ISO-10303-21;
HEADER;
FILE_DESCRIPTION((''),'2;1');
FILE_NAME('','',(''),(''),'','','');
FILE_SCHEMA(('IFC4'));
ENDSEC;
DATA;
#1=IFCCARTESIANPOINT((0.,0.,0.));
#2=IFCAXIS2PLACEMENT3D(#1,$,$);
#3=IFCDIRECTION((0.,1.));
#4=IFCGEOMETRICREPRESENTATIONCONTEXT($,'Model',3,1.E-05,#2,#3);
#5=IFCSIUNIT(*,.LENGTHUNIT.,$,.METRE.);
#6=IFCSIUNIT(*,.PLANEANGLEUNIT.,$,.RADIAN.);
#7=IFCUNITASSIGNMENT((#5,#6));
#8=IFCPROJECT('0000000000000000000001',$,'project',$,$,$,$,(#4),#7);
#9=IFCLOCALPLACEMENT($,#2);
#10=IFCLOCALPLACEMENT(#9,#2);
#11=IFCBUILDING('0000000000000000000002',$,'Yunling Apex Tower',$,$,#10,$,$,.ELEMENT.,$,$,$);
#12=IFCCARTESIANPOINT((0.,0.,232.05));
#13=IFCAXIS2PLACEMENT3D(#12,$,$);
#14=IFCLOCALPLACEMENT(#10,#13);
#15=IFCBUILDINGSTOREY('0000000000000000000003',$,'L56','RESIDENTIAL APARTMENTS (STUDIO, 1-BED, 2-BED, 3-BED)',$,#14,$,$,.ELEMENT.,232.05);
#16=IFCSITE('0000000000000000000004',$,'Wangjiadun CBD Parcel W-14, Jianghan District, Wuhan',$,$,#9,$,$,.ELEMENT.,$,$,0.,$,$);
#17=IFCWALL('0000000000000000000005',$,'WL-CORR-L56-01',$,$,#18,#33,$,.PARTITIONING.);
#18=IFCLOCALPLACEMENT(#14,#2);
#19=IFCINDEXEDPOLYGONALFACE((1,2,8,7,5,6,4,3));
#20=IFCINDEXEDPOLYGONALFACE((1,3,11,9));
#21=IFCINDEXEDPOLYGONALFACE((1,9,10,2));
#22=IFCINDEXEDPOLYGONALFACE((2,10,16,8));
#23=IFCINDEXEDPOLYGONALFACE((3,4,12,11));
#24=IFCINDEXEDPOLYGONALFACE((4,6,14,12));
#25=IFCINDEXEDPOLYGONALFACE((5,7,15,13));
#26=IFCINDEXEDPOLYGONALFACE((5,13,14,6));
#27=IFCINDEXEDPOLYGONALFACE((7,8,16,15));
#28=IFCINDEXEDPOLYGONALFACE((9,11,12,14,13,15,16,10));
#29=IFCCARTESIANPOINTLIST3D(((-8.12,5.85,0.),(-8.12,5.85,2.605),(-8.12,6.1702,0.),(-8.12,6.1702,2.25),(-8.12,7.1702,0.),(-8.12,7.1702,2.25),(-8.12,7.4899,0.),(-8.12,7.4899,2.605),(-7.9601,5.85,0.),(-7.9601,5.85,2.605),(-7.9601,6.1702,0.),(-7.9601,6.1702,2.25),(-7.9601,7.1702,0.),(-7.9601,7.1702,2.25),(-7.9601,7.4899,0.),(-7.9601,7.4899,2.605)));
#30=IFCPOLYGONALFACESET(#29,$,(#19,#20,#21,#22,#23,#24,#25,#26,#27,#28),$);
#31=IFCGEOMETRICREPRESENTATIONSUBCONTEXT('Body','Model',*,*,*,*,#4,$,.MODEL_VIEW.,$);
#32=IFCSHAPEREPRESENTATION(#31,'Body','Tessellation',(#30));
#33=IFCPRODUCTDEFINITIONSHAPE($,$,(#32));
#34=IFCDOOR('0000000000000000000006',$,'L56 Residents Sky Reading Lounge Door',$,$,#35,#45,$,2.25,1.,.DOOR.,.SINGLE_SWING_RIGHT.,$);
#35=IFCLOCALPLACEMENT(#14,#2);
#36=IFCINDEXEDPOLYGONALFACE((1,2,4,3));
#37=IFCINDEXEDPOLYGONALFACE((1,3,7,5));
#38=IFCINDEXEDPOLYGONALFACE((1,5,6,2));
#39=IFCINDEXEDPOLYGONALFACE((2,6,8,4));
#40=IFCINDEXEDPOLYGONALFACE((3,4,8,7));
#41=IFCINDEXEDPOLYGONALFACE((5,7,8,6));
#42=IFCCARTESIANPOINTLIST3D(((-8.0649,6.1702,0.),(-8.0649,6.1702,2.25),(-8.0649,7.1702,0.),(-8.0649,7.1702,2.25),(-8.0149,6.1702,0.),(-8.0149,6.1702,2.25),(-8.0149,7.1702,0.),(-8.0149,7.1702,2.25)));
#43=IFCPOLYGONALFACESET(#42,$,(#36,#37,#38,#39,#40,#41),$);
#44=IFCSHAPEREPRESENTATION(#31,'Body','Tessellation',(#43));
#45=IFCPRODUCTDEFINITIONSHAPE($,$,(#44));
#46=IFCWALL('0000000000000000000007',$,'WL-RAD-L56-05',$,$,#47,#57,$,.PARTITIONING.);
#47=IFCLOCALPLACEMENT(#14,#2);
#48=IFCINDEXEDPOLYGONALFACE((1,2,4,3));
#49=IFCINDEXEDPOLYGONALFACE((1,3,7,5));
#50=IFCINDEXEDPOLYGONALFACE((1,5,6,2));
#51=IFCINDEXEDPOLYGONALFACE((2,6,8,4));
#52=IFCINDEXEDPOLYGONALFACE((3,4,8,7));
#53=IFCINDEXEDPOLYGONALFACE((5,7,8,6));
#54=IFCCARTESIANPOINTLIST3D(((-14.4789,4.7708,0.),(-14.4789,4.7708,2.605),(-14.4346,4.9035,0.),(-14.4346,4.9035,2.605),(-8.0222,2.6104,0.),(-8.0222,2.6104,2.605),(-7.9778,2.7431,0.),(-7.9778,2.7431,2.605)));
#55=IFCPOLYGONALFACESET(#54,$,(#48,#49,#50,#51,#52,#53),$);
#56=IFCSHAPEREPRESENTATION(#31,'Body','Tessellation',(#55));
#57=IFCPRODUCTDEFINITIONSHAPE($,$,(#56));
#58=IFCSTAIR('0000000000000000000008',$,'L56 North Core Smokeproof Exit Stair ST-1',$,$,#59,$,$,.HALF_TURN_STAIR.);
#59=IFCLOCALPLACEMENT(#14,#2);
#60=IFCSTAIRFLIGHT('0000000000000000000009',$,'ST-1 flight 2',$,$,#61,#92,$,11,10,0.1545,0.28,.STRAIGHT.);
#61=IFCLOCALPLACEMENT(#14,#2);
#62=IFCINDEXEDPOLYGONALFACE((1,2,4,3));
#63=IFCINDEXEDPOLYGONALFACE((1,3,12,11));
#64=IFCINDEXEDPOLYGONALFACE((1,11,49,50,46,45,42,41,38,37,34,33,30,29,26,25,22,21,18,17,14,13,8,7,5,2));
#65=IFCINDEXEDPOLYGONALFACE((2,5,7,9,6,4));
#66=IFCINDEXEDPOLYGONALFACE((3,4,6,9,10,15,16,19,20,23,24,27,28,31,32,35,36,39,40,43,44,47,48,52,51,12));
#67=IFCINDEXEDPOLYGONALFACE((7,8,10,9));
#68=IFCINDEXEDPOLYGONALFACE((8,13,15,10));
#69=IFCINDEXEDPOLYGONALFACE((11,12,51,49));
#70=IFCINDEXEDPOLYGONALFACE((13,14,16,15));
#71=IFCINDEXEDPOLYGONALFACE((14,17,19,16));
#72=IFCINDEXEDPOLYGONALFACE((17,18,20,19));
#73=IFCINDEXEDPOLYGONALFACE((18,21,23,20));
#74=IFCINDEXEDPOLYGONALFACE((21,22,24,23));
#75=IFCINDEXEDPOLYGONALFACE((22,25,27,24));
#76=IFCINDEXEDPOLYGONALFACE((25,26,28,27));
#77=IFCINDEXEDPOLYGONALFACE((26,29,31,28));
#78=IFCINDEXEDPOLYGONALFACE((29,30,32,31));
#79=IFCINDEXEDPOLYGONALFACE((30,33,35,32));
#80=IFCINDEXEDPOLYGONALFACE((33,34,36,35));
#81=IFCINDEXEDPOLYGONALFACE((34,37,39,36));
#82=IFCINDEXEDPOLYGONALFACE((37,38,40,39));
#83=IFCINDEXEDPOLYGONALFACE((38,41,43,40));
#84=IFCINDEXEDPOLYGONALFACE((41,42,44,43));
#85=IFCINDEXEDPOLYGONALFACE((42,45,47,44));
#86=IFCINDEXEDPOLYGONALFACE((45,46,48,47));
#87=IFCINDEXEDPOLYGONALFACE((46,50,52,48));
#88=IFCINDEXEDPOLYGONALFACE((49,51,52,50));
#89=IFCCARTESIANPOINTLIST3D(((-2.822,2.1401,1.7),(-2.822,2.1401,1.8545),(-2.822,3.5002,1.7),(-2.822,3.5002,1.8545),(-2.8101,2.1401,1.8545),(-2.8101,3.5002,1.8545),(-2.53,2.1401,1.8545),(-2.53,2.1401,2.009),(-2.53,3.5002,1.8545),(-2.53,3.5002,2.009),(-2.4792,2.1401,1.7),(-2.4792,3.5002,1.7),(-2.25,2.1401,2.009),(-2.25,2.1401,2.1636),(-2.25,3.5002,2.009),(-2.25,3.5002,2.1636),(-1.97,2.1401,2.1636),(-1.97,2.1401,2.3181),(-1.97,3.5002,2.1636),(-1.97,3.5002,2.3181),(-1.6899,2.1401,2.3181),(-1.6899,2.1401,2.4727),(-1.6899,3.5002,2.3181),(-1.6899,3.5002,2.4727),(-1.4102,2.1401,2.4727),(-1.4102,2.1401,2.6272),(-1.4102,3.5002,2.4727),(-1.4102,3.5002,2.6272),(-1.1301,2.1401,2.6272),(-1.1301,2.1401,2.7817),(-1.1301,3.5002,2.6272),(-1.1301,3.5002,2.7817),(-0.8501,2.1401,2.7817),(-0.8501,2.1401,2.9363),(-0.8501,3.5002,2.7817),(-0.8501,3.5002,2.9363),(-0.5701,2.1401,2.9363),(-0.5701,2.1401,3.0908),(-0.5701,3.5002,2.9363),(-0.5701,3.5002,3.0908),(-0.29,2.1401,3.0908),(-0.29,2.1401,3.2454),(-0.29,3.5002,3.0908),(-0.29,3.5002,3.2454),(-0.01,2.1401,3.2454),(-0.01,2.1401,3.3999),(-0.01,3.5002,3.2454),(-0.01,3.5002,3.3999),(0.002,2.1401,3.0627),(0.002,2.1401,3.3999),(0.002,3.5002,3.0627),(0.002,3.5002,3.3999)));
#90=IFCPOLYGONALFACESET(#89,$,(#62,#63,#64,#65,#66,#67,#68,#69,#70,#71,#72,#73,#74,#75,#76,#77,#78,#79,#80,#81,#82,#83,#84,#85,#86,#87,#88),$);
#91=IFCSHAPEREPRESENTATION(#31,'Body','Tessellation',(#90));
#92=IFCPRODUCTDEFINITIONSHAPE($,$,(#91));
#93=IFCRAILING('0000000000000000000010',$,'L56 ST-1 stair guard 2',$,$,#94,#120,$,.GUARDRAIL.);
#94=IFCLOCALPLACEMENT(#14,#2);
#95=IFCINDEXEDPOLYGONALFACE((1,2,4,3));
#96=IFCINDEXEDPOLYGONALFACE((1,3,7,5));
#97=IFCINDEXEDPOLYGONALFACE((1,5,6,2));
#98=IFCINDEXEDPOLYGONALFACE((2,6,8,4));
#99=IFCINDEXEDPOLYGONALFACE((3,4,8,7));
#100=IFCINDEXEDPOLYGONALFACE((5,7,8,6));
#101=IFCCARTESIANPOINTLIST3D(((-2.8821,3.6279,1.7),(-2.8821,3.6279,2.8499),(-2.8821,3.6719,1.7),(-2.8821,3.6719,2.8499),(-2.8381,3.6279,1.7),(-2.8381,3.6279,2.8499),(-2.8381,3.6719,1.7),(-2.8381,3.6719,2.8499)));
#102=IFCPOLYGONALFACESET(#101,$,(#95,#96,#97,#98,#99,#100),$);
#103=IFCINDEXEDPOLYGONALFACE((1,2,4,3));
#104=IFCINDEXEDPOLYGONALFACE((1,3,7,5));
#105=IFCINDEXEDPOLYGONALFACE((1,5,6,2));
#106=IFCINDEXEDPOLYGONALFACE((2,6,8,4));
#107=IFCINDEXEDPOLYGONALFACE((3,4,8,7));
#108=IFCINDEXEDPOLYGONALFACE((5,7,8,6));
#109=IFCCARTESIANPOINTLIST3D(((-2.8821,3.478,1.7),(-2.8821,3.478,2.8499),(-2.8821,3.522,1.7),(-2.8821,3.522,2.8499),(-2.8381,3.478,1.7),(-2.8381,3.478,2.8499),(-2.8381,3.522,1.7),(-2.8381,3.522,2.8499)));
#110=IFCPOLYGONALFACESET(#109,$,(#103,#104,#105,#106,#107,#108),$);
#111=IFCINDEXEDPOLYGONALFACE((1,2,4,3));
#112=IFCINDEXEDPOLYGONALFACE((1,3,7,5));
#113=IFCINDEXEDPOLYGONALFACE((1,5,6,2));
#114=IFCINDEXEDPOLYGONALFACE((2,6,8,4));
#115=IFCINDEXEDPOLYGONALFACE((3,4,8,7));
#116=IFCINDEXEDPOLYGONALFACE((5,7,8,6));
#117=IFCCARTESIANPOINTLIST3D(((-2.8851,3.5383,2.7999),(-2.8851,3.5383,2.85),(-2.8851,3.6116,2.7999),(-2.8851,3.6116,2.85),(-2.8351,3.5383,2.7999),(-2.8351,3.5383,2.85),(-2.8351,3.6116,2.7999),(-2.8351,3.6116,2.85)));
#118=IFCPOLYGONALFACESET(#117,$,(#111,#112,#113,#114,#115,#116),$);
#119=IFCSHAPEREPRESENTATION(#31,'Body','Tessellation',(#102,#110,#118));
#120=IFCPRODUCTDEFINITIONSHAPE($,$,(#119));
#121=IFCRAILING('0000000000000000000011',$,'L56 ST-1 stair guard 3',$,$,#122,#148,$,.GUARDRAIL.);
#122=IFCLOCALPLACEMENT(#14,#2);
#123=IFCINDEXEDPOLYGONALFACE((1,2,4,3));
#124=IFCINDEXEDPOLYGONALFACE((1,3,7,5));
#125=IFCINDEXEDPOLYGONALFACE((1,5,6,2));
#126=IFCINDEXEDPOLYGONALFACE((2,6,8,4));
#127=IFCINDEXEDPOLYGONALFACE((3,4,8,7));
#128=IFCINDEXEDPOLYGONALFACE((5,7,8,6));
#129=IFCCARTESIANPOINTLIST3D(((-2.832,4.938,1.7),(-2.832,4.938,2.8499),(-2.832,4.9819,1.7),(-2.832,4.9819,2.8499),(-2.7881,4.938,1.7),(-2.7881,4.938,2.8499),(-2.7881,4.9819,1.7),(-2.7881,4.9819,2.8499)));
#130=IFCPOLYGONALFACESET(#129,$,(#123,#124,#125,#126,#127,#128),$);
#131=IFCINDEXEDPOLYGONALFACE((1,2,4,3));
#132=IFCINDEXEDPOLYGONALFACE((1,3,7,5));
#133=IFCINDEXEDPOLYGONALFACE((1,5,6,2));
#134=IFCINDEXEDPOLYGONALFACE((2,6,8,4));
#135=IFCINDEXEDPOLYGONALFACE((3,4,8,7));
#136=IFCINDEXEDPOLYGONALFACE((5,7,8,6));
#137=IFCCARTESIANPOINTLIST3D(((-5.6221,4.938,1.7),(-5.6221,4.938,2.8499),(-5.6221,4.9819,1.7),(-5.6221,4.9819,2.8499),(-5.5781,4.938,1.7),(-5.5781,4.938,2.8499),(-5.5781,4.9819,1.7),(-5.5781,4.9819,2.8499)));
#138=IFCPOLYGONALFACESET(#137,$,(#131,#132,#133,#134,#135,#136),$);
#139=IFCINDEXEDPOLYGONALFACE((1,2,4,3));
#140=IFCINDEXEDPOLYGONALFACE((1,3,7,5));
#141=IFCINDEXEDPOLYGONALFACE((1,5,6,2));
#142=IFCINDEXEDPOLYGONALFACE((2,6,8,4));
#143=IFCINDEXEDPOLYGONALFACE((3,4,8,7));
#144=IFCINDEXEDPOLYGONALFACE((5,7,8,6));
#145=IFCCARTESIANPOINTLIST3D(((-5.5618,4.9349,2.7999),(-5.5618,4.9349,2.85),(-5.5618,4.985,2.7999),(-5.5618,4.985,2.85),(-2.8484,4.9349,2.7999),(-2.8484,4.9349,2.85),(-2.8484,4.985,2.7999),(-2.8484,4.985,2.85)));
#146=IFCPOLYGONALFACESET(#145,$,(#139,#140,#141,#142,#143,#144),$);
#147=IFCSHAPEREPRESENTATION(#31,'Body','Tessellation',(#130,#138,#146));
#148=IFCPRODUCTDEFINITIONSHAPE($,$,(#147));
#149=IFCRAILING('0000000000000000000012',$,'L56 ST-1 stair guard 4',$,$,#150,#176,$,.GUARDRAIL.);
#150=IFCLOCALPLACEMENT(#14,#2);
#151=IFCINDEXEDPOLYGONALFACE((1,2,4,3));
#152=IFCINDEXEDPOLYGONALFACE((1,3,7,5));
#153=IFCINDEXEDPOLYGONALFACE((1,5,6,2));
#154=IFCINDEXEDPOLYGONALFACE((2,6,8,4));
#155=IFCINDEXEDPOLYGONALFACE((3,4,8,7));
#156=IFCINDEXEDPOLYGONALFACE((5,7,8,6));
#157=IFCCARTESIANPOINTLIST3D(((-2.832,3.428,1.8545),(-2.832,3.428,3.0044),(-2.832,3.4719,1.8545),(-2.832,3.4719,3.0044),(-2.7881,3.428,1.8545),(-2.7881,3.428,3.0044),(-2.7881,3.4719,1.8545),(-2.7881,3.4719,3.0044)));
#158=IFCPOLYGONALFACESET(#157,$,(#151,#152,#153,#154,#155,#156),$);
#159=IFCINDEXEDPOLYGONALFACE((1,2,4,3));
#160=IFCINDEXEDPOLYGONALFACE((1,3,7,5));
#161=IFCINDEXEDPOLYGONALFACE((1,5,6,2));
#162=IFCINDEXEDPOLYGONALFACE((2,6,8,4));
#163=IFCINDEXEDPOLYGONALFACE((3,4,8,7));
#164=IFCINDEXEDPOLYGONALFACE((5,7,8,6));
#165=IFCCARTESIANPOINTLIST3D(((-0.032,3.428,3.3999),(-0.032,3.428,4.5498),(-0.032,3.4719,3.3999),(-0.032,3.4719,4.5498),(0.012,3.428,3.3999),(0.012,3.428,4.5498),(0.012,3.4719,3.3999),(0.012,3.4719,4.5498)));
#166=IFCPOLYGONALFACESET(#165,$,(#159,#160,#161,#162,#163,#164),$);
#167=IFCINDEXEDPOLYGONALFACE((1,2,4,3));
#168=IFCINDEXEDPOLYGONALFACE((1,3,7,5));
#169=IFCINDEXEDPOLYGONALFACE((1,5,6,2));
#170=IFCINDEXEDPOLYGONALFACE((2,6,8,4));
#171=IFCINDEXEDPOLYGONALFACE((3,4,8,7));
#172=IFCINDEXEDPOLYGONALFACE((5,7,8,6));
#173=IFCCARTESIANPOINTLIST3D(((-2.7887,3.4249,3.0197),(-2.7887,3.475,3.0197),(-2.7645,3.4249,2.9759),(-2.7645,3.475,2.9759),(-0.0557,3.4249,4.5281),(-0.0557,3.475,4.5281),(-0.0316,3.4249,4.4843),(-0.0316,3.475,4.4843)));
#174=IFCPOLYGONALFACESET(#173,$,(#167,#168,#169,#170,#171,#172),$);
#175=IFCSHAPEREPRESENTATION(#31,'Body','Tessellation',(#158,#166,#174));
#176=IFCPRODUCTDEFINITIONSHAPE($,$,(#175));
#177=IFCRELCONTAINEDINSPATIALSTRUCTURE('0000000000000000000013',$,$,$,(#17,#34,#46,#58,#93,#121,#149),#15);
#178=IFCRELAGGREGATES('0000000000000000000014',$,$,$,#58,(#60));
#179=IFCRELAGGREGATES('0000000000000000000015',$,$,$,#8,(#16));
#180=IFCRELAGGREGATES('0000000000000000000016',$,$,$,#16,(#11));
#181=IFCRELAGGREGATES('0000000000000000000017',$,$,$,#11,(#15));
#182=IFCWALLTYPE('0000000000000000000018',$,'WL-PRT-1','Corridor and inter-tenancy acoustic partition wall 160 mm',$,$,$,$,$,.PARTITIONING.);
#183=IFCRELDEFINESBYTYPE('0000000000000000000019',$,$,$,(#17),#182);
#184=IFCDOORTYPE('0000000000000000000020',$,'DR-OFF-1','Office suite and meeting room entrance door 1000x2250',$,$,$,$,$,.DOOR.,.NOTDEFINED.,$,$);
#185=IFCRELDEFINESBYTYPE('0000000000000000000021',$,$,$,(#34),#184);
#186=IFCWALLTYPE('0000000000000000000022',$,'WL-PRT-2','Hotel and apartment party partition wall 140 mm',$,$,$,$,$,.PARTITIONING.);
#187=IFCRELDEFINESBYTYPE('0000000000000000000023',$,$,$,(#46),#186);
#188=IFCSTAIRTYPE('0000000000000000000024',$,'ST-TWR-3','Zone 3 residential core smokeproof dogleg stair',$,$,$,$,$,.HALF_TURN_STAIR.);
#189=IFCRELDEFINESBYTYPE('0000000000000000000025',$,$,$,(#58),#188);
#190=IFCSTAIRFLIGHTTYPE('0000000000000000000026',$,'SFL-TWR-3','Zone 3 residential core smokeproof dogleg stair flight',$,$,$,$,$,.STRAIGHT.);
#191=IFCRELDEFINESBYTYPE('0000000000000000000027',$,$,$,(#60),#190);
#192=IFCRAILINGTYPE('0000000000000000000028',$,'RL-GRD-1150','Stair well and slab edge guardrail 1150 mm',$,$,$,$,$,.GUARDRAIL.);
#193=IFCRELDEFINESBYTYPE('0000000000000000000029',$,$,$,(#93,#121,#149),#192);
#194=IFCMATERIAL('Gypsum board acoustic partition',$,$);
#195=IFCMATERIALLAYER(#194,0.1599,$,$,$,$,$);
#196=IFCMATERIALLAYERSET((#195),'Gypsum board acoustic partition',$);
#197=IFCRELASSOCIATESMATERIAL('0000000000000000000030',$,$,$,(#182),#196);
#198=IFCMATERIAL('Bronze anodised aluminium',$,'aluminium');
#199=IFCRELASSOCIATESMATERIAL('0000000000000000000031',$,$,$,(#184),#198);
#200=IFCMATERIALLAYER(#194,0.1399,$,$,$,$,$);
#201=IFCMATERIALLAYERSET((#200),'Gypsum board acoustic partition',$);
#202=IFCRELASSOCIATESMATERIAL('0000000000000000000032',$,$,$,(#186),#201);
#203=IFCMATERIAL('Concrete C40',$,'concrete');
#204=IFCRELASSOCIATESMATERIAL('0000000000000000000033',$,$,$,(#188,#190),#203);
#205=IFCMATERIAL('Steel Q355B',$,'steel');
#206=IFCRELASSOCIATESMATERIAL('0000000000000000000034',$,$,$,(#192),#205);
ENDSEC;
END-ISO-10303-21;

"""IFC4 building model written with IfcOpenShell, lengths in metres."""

from ifc_helpers import new_model, si_unit, direction, frame, frame_2d, origin, origin_2d, place, context, subcontext, project, spatial, polyline, rectangle, outline, extrude, material, layer, layer_set, type_object, element, fill, aggregate, save


model = new_model("IFC4")

# Units and contexts
model_context = context("Model", 3, precision=1e-05, world=origin(), true_north=direction((0.0, 1.0)))
body_context = subcontext(model_context, "Body", "Model", "MODEL_VIEW")
ifc_project = project(units=[si_unit("LENGTHUNIT", "METRE"), si_unit("PLANEANGLEUNIT", "RADIAN")], contexts=[model_context])

# Site, building, storey
site_placement = place(None, origin())
site = spatial("IfcSite", under=ifc_project, at=site_placement, Name="Wangjiadun CBD Parcel W-14, Jianghan District, Wuhan", CompositionType="ELEMENT", RefElevation=0.0)
building_placement = place(site_placement, origin())
building = spatial("IfcBuilding", under=site, at=building_placement, Name="Yunling Apex Tower", CompositionType="ELEMENT")
storey_placement = place(building_placement, frame((0.0, 0.0, 232.05)))
storey = spatial("IfcBuildingStorey", under=building, at=storey_placement, Name="L56", Description="RESIDENTIAL APARTMENTS (STUDIO, 1-BED, 2-BED, 3-BED)", CompositionType="ELEMENT", Elevation=232.05)

# Shared definitions
ifc_material_1 = material(Name="Steel Q355B", Category="steel")

# Shared definitions
ifc_material_2 = material(Name="Concrete C40", Category="concrete")

# Wall, opening, door
ifc_material_3 = material(Name="Gypsum board acoustic partition")
ifc_layer_1 = layer(ifc_material_3, 0.1599)
ifc_layer_set_1 = layer_set([ifc_layer_1], Name="Gypsum board acoustic partition")
wall_type_1 = type_object("IfcWallType", Name="WL-PRT-1", Description="Corridor and inter-tenancy acoustic partition wall 160 mm", PredefinedType="PARTITIONING", material=ifc_layer_set_1)
wall_1_placement = place(storey_placement, frame((-8.04, 5.8501, 0.0), z_axis=(0.0, 0.0, 1.0), x_axis=(0.0, 1.0, 0.0)))
wall_1 = element("IfcWall", 1, at=wall_1_placement, inside=storey, type_object=wall_type_1, Name="WL-CORR-L56-01", PredefinedType="PARTITIONING", context=body_context, shape_type="SweptSolid", body=[
    extrude(rectangle(XDim=1.6399, YDim=0.1599, at=frame_2d((0.8198, 0.0))), origin(), (0.0, 0.0, 1.0), 2.605),
])
opening_1_placement = place(wall_1_placement, frame((0.3201, 0.0, 0.0)))
opening_1 = element("IfcOpeningElement", 2, at=opening_1_placement, cuts=wall_1, PredefinedType="OPENING", context=body_context, shape_type="SweptSolid", body=[
    extrude(rectangle(XDim=1.0, YDim=2.25, at=frame_2d((0.5, 1.125))), frame((0.0, 0.0898, 0.0), z_axis=(0.0, -1.0, 0.0), x_axis=(1.0, 0.0, 0.0)), (0.0, 0.0, 1.0), 0.1799),
])
ifc_material_4 = material(Name="Bronze anodised aluminium", Category="aluminium")
door_type_1 = type_object("IfcDoorType", Name="DR-OFF-1", Description="Office suite and meeting room entrance door 1000x2250", OperationType="NOTDEFINED", PredefinedType="DOOR", material=ifc_material_4)
door_1_placement = place(opening_1_placement, origin())
door_1 = element("IfcDoor", 3, at=door_1_placement, inside=storey, type_object=door_type_1, Name="L56 Residents Sky Reading Lounge Door", OperationType="SINGLE_SWING_RIGHT", OverallHeight=2.25, OverallWidth=1.0, PredefinedType="DOOR", context=body_context, shape_type="SweptSolid", body=[
    extrude(rectangle(XDim=1.0, YDim=2.25, at=frame_2d((0.5, 1.125))), frame((0.0, 0.0249, 0.0), z_axis=(0.0, -1.0, 0.0), x_axis=(1.0, 0.0, 0.0)), (0.0, 0.0, 1.0), 0.05),
])
fill(opening_1, door_1)

# Wall
ifc_layer_2 = layer(ifc_material_3, 0.1399)
ifc_layer_set_2 = layer_set([ifc_layer_2], Name="Gypsum board acoustic partition")
wall_type_2 = type_object("IfcWallType", Name="WL-PRT-2", Description="Hotel and apartment party partition wall 140 mm", PredefinedType="PARTITIONING", material=ifc_layer_set_2)
wall_2_placement = place(storey_placement, frame((-8.0, 2.6768, 0.0), z_axis=(0.0, 0.0, 1.0), x_axis=(-0.948324, 0.317303, 0.0)))
element("IfcWall", 4, at=wall_2_placement, inside=storey, type_object=wall_type_2, Name="WL-RAD-L56-05", PredefinedType="PARTITIONING", context=body_context, shape_type="SweptSolid", body=[
    extrude(rectangle(XDim=6.8086, YDim=0.1399, at=frame_2d((3.4043, 0.0))), origin(), (0.0, 0.0, 1.0), 2.605),
])

# Stair, stair flight
stair_type = type_object("IfcStairType", Name="ST-TWR-3", Description="Zone 3 residential core smokeproof dogleg stair", PredefinedType="HALF_TURN_STAIR", material=ifc_material_2)
stair_placement = place(storey_placement, origin())
stair = element("IfcStair", 5, at=stair_placement, inside=storey, type_object=stair_type, Name="L56 North Core Smokeproof Exit Stair ST-1", PredefinedType="HALF_TURN_STAIR")
stair_flight_type = type_object("IfcStairFlightType", Name="SFL-TWR-3", Description="Zone 3 residential core smokeproof dogleg stair flight", PredefinedType="STRAIGHT", material=ifc_material_2)
stair_flight_placement = place(storey_placement, frame((-2.8101, 2.8201, 1.7), z_axis=(0.0, 0.0, 1.0), x_axis=(1.0, 0.0, 0.0)))
stair_flight = element("IfcStairFlight", 6, at=stair_flight_placement, type_object=stair_flight_type, Name="ST-1 flight 2", NumberOfRisers=11, NumberOfTreads=10, PredefinedType="STRAIGHT", RiserHeight=0.1545, TreadLength=0.28, context=body_context, shape_type="SweptSolid", body=[
    extrude(outline(polyline([(-0.012, 0.0), (-0.012, 0.1545), (0.0, 0.1545), (0.28, 0.1545), (0.28, 0.3091), (0.5601, 0.3091), (0.5601, 0.4636), (0.8401, 0.4636), (0.8401, 0.6182), (1.1201, 0.6182), (1.1201, 0.7727), (1.3999, 0.7727), (1.3999, 0.9272), (1.6799, 0.9272), (1.6799, 1.0818), (1.96, 1.0818), (1.96, 1.2363), (2.24, 1.2363), (2.24, 1.3909), (2.52, 1.3909), (2.52, 1.5454), (2.8, 1.5454), (2.8, 1.7), (2.812, 1.7), (2.812, 1.3628), (0.3308, 0.0), (-0.012, 0.0)])), frame((0.0, 0.6802, 0.0), z_axis=(0.0, -1.0, 0.0), x_axis=(1.0, 0.0, 0.0)), (0.0, 0.0, 1.0), 1.3601),
])
aggregate(stair, [stair_flight])

# Railings
railing_type_1 = type_object("IfcRailingType", Name="RL-GRD-1150", Description="Stair well and slab edge guardrail 1150 mm", PredefinedType="GUARDRAIL", material=ifc_material_1)
railing_1_placement = place(storey_placement, frame((-2.8601, 3.6499, 1.7)))
element("IfcRailing", 7, at=railing_1_placement, inside=storey, type_object=railing_type_1, Name="L56 ST-1 stair guard 2", PredefinedType="GUARDRAIL", context=body_context, shape_type="SweptSolid", body=[
    extrude(rectangle(XDim=0.0439, YDim=0.0439, at=origin_2d()), origin(), (0.0, 0.0, 1.0), 1.1499),
    extrude(rectangle(XDim=0.0439, YDim=0.0439, at=origin_2d()), frame((0.0, -0.1499, 0.0)), (0.0, 0.0, 1.0), 1.1499),
    extrude(rectangle(XDim=0.05, YDim=0.05, at=origin_2d()), frame((0.0, -0.0383, 1.125), z_axis=(0.0, -1.0, 0.0), x_axis=(1.0, 0.0, 0.0)), (0.0, 0.0, 1.0), 0.0732),
])
railing_2_placement = place(storey_placement, frame((-2.8101, 4.96, 1.7)))
element("IfcRailing", 8, at=railing_2_placement, inside=storey, type_object=railing_type_1, Name="L56 ST-1 stair guard 3", PredefinedType="GUARDRAIL", context=body_context, shape_type="SweptSolid", body=[
    extrude(rectangle(XDim=0.0439, YDim=0.0439, at=origin_2d()), origin(), (0.0, 0.0, 1.0), 1.1499),
    extrude(rectangle(XDim=0.0439, YDim=0.0439, at=origin_2d()), frame((-2.79, 0.0, 0.0)), (0.0, 0.0, 1.0), 1.1499),
    extrude(rectangle(XDim=0.05, YDim=0.05, at=origin_2d()), frame((-0.0383, 0.0, 1.125), z_axis=(-1.0, 0.0, 0.0), x_axis=(0.0, -1.0, 0.0)), (0.0, 0.0, 1.0), 2.7134),
])
railing_3_placement = place(storey_placement, frame((-2.8101, 3.45, 1.8545)))
element("IfcRailing", 9, at=railing_3_placement, inside=storey, type_object=railing_type_1, Name="L56 ST-1 stair guard 4", PredefinedType="GUARDRAIL", context=body_context, shape_type="SweptSolid", body=[
    extrude(rectangle(XDim=0.0439, YDim=0.0439, at=origin_2d()), origin(), (0.0, 0.0, 1.0), 1.1499),
    extrude(rectangle(XDim=0.0439, YDim=0.0439, at=origin_2d()), frame((2.8, 0.0, 1.5454)), (0.0, 0.0, 1.0), 1.1499),
    extrude(rectangle(XDim=0.05, YDim=0.05, at=origin_2d()), frame((0.0334, 0.0, 1.1433), z_axis=(0.875504, 0.0, 0.483211), x_axis=(0.0, 1.0, 0.0)), (0.0, 0.0, 1.0), 3.1216),
])

save(model, "model.ifc")
